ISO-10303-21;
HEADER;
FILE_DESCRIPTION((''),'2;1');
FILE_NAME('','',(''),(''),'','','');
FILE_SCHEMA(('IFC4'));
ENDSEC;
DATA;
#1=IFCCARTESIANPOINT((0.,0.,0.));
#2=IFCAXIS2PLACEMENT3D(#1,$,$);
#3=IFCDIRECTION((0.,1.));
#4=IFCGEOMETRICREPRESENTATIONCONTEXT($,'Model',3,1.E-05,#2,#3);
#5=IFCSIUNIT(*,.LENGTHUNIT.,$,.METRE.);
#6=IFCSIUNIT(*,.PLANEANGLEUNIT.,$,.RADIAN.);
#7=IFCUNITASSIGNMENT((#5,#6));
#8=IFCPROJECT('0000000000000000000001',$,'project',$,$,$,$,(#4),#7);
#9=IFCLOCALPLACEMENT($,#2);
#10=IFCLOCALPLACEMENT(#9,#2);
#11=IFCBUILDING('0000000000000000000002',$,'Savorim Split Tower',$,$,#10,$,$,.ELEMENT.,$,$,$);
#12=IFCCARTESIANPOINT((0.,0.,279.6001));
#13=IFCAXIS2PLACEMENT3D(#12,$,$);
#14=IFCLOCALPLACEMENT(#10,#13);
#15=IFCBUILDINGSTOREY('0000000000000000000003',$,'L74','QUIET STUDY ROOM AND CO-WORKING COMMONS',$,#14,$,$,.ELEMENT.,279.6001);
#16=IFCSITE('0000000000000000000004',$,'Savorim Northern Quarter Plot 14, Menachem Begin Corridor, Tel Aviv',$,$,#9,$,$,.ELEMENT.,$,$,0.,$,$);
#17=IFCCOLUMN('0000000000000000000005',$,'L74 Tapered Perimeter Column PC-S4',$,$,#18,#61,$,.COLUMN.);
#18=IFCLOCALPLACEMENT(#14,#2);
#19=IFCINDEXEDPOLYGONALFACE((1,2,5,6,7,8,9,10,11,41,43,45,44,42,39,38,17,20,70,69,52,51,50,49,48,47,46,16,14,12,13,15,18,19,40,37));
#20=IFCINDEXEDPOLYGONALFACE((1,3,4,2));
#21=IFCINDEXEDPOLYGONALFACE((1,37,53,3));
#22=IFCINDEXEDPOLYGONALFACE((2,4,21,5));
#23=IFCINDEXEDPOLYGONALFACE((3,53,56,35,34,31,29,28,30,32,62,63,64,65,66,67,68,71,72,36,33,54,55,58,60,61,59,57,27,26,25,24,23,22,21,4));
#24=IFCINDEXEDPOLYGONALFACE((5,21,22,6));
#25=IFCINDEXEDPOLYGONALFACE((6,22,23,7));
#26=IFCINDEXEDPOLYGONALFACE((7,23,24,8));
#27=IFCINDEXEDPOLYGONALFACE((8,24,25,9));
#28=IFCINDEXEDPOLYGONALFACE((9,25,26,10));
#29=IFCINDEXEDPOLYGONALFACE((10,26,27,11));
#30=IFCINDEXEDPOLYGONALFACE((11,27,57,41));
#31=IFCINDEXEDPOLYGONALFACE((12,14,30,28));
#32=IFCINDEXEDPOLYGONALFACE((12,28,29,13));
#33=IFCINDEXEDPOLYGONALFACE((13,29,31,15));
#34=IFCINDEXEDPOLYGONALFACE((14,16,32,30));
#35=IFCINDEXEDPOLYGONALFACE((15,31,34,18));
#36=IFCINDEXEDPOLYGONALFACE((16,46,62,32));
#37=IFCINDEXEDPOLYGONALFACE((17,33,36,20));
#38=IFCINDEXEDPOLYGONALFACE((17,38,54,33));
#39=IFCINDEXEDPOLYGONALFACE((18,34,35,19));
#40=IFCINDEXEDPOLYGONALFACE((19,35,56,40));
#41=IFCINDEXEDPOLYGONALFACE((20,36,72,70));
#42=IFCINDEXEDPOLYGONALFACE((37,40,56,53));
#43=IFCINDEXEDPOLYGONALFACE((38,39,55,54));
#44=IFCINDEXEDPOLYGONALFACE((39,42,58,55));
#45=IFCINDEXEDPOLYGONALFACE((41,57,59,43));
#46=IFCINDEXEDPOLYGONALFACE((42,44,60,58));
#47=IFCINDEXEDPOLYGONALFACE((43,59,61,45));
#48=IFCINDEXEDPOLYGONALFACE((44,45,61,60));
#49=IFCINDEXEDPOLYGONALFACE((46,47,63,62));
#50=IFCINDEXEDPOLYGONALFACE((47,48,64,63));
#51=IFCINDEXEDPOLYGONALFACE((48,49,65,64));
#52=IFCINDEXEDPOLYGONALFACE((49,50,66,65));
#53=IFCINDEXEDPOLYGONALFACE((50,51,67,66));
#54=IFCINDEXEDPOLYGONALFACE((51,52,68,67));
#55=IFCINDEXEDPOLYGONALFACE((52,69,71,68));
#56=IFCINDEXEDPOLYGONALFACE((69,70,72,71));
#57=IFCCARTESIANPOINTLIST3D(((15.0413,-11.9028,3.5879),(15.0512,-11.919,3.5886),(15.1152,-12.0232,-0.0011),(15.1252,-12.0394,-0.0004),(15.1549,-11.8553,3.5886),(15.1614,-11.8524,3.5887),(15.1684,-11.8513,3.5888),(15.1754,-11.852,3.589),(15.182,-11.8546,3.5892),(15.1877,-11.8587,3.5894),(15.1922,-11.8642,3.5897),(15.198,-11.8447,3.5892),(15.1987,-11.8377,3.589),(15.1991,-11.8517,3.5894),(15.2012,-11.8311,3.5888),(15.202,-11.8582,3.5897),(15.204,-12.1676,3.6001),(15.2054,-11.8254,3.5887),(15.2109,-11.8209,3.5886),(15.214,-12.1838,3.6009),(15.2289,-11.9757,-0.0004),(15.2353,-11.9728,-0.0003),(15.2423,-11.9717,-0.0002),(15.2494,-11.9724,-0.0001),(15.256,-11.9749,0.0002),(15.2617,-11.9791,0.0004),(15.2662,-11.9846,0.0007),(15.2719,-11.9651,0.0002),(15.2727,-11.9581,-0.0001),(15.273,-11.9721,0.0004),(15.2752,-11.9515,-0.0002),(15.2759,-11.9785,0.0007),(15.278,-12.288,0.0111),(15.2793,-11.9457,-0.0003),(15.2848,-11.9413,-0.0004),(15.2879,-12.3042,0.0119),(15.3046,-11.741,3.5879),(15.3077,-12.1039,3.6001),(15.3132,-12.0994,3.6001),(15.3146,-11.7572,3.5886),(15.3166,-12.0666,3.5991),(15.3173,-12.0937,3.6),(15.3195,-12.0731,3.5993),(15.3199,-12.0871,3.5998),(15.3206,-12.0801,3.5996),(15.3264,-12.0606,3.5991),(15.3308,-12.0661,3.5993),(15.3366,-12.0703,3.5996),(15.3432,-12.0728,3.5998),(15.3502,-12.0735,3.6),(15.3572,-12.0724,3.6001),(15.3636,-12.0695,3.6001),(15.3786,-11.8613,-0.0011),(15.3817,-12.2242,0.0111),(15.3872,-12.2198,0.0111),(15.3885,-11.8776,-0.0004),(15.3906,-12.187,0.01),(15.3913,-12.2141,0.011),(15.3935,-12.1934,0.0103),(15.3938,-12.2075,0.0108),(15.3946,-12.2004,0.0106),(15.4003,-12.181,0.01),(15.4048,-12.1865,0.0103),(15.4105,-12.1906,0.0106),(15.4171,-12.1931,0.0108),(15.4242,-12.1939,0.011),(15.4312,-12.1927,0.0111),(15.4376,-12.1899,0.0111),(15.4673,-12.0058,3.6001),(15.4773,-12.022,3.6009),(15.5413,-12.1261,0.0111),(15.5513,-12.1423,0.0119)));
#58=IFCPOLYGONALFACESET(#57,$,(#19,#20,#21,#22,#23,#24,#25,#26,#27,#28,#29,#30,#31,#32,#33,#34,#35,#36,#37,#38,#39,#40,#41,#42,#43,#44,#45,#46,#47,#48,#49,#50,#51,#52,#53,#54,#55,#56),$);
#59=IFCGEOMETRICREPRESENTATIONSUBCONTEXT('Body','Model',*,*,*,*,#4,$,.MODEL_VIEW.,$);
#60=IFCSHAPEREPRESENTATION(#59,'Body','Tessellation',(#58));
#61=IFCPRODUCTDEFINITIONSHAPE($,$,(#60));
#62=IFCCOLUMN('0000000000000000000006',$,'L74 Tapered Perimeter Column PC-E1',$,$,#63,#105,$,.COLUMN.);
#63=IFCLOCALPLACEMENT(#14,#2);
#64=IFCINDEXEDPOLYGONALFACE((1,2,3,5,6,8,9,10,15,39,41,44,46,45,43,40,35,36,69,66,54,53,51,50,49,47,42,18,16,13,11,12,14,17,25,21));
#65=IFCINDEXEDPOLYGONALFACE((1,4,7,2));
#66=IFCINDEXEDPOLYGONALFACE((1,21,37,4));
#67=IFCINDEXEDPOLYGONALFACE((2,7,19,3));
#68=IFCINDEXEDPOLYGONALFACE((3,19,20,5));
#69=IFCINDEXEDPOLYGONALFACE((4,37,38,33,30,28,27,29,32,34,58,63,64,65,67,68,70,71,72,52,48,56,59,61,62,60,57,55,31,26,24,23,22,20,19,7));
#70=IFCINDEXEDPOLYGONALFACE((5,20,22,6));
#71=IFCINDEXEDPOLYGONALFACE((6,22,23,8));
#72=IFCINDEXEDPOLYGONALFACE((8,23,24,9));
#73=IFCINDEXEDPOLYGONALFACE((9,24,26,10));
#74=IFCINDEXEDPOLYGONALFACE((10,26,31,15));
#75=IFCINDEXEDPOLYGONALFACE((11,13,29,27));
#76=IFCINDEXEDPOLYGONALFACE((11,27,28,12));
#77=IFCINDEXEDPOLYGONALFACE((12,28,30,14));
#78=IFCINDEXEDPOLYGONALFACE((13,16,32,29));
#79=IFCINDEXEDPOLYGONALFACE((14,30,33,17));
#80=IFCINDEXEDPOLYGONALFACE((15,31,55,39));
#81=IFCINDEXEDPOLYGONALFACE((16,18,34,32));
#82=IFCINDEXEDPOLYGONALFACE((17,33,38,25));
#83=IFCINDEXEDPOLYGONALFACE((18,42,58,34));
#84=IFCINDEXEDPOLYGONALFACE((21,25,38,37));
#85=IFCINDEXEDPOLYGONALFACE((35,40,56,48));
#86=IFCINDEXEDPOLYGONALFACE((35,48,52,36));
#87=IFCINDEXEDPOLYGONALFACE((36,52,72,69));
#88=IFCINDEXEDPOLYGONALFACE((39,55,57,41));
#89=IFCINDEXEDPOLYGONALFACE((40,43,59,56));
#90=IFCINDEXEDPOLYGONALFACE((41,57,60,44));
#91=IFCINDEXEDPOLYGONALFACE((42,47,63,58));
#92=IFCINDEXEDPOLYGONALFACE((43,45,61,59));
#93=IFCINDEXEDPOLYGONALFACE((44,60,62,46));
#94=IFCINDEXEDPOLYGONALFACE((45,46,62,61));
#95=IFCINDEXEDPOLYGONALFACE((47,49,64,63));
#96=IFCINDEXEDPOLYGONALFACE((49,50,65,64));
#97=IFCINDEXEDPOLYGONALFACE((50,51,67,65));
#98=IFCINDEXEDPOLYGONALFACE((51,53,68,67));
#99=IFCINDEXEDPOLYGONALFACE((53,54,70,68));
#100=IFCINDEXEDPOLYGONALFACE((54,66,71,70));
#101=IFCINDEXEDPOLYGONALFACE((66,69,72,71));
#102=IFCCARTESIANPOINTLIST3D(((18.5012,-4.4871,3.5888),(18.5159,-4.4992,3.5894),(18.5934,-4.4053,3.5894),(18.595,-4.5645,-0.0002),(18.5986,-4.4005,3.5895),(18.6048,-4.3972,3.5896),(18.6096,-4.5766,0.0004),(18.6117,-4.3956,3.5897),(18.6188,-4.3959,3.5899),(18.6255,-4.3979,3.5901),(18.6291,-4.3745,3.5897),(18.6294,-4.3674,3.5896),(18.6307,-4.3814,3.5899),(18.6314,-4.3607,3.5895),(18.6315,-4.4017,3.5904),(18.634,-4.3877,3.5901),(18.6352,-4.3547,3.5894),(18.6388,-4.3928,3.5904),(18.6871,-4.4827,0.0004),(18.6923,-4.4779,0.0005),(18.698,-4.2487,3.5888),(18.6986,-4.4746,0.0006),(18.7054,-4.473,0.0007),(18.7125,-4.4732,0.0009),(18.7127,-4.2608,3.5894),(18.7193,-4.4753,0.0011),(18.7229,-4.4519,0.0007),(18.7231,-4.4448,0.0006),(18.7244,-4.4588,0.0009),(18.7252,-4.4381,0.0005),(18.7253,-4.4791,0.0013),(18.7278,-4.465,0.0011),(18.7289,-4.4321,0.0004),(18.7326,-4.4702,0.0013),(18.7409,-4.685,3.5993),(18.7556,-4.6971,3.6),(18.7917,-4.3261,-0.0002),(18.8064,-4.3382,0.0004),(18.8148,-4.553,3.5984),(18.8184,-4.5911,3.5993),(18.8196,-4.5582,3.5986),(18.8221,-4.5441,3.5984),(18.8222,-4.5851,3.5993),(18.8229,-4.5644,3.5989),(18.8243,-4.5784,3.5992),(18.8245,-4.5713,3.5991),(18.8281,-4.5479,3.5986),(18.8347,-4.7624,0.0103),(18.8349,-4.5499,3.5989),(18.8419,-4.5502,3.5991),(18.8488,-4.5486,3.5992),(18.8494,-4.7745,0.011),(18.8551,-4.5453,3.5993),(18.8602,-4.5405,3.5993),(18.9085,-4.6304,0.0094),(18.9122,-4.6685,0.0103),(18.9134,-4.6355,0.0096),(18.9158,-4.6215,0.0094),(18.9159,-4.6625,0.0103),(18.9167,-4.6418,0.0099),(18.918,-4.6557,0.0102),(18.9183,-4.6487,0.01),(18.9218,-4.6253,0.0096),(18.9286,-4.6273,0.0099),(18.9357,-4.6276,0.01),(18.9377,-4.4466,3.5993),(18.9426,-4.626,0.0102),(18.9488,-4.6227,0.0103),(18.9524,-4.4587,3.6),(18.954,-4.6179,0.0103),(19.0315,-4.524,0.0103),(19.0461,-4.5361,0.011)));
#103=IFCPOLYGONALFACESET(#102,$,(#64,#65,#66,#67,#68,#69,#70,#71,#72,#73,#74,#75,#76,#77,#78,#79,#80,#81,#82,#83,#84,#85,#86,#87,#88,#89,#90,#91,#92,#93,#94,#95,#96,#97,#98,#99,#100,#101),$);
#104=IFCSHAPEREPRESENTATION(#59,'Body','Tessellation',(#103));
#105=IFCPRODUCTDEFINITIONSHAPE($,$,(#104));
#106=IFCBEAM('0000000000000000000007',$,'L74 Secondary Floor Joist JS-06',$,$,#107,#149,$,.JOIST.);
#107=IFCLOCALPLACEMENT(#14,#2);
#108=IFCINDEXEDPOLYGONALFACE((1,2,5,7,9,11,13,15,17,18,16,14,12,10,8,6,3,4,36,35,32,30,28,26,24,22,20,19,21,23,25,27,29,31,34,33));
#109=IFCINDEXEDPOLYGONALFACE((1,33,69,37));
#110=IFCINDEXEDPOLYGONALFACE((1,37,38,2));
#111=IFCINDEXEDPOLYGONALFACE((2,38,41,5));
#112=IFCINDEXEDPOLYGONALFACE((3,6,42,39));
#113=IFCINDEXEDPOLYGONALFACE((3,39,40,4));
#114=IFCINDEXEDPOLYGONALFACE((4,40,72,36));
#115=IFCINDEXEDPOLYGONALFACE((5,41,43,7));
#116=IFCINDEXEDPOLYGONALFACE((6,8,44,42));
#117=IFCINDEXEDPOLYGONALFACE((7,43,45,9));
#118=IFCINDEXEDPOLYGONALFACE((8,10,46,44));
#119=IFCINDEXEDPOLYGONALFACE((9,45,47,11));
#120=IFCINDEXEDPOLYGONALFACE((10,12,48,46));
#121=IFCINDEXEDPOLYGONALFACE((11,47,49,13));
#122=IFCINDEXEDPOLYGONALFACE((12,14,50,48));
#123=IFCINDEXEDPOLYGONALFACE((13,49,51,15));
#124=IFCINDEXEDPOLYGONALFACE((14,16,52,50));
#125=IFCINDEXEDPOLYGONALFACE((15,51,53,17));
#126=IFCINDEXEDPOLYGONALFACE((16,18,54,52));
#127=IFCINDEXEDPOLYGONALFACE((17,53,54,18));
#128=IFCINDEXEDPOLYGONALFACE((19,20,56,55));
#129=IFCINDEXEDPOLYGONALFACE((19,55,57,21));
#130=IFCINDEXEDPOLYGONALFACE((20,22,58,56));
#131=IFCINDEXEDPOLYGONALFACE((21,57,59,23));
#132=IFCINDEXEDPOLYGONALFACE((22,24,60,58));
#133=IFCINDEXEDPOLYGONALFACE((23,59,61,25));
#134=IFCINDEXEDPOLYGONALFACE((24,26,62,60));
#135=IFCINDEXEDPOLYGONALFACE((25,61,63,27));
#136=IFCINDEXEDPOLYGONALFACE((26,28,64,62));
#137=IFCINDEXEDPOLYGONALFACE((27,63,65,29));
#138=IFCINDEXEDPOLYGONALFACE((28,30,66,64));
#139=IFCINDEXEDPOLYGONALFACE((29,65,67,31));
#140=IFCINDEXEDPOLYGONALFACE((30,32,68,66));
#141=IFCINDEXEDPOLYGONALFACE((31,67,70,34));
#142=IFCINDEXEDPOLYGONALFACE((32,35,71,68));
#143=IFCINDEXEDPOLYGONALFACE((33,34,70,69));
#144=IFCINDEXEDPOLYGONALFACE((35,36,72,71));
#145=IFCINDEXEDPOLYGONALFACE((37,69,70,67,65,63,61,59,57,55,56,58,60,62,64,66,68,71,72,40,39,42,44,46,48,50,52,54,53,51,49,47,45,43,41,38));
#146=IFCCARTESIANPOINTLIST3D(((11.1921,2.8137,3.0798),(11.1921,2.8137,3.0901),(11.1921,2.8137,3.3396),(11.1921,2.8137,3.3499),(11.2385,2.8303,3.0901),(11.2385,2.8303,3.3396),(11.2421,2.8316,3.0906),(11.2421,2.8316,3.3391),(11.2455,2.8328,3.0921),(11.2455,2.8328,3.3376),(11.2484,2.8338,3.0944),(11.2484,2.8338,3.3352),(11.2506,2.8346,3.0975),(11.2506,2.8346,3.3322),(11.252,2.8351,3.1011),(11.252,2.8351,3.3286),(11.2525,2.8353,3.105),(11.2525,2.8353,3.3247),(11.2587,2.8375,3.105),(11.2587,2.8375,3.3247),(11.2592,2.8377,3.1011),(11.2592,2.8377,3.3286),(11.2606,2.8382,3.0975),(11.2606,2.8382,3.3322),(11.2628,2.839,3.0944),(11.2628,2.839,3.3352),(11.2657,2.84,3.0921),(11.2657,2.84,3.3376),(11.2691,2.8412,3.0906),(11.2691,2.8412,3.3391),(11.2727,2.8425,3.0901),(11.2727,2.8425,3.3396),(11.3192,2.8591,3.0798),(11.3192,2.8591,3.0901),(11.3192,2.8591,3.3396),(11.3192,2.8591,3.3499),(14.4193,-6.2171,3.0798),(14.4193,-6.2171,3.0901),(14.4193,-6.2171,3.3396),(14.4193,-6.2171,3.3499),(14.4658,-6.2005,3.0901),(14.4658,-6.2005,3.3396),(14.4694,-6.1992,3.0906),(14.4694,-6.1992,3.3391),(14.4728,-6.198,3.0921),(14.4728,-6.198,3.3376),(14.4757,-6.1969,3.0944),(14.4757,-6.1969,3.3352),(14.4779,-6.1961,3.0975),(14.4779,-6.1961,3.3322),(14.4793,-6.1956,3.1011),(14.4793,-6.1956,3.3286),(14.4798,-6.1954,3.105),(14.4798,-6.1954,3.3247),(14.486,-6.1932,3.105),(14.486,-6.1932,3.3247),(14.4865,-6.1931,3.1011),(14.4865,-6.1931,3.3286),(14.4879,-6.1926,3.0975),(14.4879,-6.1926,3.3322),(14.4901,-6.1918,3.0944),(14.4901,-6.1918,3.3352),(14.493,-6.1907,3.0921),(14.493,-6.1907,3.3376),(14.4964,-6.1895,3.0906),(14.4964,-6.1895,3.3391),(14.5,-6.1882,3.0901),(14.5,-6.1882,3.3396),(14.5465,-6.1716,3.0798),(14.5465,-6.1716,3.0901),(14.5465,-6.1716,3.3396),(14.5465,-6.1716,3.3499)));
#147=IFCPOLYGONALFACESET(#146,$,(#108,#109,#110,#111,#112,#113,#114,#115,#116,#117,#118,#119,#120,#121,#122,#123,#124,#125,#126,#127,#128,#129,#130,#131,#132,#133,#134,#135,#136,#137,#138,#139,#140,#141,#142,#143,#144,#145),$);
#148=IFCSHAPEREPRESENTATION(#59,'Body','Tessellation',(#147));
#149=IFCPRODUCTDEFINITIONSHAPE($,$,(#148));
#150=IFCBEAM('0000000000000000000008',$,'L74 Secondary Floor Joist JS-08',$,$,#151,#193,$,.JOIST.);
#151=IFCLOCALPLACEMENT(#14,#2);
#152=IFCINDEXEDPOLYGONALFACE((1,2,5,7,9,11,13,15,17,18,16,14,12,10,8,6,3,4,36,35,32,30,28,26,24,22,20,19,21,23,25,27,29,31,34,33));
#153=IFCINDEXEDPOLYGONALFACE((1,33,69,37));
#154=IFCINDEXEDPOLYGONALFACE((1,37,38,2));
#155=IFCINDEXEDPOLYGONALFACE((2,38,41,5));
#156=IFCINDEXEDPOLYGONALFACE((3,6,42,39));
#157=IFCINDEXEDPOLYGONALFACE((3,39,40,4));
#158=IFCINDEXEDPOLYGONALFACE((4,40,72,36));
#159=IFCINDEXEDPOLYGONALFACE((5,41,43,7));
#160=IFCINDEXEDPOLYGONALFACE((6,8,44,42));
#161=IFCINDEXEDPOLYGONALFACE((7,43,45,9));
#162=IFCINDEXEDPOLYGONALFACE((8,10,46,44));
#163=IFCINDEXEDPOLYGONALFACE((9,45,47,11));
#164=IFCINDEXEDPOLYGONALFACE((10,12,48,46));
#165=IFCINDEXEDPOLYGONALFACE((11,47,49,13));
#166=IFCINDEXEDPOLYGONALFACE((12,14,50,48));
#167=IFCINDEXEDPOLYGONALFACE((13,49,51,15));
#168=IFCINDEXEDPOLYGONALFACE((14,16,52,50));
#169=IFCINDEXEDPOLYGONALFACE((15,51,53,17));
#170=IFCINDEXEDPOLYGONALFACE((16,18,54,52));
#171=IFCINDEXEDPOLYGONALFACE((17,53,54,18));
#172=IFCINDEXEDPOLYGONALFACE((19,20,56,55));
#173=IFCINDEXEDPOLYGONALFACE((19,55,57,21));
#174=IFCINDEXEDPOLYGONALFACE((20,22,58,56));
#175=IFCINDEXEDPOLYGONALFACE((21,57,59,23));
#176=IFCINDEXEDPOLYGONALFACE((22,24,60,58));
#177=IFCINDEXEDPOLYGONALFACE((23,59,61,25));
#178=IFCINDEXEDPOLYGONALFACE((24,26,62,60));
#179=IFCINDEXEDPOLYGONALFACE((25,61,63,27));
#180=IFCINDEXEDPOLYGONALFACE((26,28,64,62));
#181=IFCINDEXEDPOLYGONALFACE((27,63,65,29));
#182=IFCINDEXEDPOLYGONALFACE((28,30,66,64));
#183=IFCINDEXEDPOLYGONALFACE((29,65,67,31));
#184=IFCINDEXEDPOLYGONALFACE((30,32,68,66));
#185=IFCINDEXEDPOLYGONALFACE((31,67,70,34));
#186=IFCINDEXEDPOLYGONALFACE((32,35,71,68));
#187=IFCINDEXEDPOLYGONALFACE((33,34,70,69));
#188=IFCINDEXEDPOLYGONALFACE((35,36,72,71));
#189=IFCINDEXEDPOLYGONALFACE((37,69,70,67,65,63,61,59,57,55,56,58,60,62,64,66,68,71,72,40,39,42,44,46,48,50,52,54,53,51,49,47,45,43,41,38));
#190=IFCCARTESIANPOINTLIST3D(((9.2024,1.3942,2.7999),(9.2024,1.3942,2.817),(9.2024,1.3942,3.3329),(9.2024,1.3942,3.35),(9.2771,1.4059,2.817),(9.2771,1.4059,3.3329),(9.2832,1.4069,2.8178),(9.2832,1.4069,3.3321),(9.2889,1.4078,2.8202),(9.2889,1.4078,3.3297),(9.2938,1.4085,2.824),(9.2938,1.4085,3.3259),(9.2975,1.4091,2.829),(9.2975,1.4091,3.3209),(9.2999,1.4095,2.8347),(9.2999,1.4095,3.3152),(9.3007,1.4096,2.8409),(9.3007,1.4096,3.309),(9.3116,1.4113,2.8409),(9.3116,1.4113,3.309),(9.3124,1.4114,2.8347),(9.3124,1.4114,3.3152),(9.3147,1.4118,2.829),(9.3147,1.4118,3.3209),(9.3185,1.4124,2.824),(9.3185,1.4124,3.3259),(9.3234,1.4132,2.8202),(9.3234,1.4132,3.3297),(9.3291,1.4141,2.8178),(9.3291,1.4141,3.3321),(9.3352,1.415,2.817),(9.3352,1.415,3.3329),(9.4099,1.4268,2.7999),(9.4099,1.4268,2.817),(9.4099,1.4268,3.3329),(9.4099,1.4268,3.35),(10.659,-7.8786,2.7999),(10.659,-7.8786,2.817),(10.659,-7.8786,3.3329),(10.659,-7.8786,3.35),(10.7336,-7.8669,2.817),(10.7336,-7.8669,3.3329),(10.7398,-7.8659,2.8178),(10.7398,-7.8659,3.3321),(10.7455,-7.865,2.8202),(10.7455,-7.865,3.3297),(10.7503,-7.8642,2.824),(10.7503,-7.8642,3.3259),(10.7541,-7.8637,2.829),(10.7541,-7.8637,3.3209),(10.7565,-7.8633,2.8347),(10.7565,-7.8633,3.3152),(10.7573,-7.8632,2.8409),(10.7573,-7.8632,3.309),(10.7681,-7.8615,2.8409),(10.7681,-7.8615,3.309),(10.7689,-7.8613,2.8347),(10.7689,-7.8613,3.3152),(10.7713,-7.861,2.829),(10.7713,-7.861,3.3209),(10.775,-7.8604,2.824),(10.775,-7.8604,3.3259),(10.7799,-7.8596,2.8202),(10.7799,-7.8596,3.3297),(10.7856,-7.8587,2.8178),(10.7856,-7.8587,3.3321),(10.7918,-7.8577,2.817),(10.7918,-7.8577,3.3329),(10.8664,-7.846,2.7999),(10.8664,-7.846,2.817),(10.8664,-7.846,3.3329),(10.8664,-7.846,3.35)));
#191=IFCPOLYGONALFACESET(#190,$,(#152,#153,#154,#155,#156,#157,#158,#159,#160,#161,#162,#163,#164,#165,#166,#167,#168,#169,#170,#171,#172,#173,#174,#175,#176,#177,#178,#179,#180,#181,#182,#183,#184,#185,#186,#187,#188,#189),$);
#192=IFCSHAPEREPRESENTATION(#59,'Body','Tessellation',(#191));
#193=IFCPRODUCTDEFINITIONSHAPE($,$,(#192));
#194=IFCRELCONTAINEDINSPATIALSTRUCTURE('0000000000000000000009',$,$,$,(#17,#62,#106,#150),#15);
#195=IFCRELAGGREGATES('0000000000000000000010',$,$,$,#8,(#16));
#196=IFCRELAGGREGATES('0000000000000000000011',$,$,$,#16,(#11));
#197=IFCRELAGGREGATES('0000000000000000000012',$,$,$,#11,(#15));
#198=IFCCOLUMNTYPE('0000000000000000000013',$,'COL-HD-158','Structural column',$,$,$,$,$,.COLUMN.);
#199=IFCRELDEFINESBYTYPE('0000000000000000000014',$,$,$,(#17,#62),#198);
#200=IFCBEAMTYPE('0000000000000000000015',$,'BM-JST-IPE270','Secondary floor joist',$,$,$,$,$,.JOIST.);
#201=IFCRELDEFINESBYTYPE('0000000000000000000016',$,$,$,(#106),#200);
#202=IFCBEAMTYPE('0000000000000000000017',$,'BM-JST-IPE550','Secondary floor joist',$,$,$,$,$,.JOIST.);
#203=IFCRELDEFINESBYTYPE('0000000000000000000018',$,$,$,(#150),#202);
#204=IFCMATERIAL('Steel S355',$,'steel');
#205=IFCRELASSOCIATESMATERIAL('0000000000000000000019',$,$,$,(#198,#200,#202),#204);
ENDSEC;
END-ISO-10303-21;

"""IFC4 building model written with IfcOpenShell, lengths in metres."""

from ifc_helpers import new_model, si_unit, direction, frame, origin, origin_2d, place, context, subcontext, project, spatial, i_section, extrude, material, material_profile, profile_set, type_object, element, save


model = new_model("IFC4")

# Units and contexts
model_context = context("Model", 3, precision=1e-05, world=origin(), true_north=direction((0.0, 1.0)))
body_context = subcontext(model_context, "Body", "Model", "MODEL_VIEW")
ifc_project = project(units=[si_unit("LENGTHUNIT", "METRE"), si_unit("PLANEANGLEUNIT", "RADIAN")], contexts=[model_context])

# Site, building, storey
site_placement = place(None, origin())
site = spatial("IfcSite", under=ifc_project, at=site_placement, Name="Savorim Northern Quarter Plot 14, Menachem Begin Corridor, Tel Aviv", CompositionType="ELEMENT", RefElevation=0.0)
building_placement = place(site_placement, origin())
building = spatial("IfcBuilding", under=site, at=building_placement, Name="Savorim Split Tower", CompositionType="ELEMENT")
storey_placement = place(building_placement, frame((0.0, 0.0, 279.6001)))
storey = spatial("IfcBuildingStorey", under=building, at=storey_placement, Name="L74", Description="QUIET STUDY ROOM AND CO-WORKING COMMONS", CompositionType="ELEMENT", Elevation=279.6001)

# Columns
ifc_material_1 = material(Name="Steel S355", Category="steel")
ifc_material_profile_1 = material_profile(ifc_material_1, i_section(OverallWidth=0.3091, OverallDepth=0.3301, WebThickness=0.0115, FlangeThickness=0.019, FilletRadius=0.0271, at=origin_2d()), Name="HD 320x158")
ifc_profile_set_1 = profile_set([ifc_material_profile_1], Name="Steel S355")
column_type = type_object("IfcColumnType", Name="COL-HD-158", Description="Structural column", PredefinedType="COLUMN", material=ifc_profile_set_1)
column_1_placement = place(storey_placement, frame((15.3333, -12.0828, 0.0054), z_axis=(-0.020595, 0.033509, 0.999226), x_axis=(-0.851955, -0.523615, 0.0)))
element("IfcColumn", 1, at=column_1_placement, inside=storey, type_object=column_type, Name="L74 Tapered Perimeter Column PC-S4", PredefinedType="COLUMN", context=body_context, shape_type="SweptSolid", body=[
    extrude(i_section(OverallWidth=0.3091, OverallDepth=0.3301, WebThickness=0.0115, FlangeThickness=0.019, FilletRadius=0.0271, at=origin_2d()), origin(), (0.0, 0.0, 1.0), 3.5918),
])
column_2_placement = place(storey_placement, frame((18.8206, -4.5503, 0.0054), z_axis=(-0.026106, 0.021551, 0.999427), x_axis=(-0.636622, -0.771176, 0.0)))
element("IfcColumn", 2, at=column_2_placement, inside=storey, type_object=column_type, Name="L74 Tapered Perimeter Column PC-E1", PredefinedType="COLUMN", context=body_context, shape_type="SweptSolid", body=[
    extrude(i_section(OverallWidth=0.3091, OverallDepth=0.3301, WebThickness=0.0115, FlangeThickness=0.019, FilletRadius=0.0271, at=origin_2d()), origin(), (0.0, 0.0, 1.0), 3.5911),
])

# Beams
ifc_material_profile_2 = material_profile(ifc_material_1, i_section(OverallWidth=0.135, OverallDepth=0.27, WebThickness=0.0066, FlangeThickness=0.0103, FilletRadius=0.0149, at=origin_2d()), Name="IPE 270")
ifc_profile_set_2 = profile_set([ifc_material_profile_2], Name="Steel S355")
beam_type_1 = type_object("IfcBeamType", Name="BM-JST-IPE270", Description="Secondary floor joist", PredefinedType="JOIST", material=ifc_profile_set_2)
beam_1_placement = place(storey_placement, frame((14.4829, -6.1943, 3.2148), z_axis=(-0.336523, 0.941675, 0.0), x_axis=(-0.941675, -0.336523, 0.0)))
element("IfcBeam", 3, at=beam_1_placement, inside=storey, type_object=beam_type_1, Name="L74 Secondary Floor Joist JS-06", PredefinedType="JOIST", context=body_context, shape_type="SweptSolid", body=[
    extrude(i_section(OverallWidth=0.135, OverallDepth=0.27, WebThickness=0.0066, FlangeThickness=0.0103, FilletRadius=0.0149, at=origin_2d()), origin(), (0.0, 0.0, 1.0), 9.5901),
])
ifc_material_profile_3 = material_profile(ifc_material_1, i_section(OverallWidth=0.21, OverallDepth=0.55, WebThickness=0.011, FlangeThickness=0.0171, FilletRadius=0.0239, at=origin_2d()), Name="IPE 550")
ifc_profile_set_3 = profile_set([ifc_material_profile_3], Name="Steel S355")
beam_type_2 = type_object("IfcBeamType", Name="BM-JST-IPE550", Description="Secondary floor joist", PredefinedType="JOIST", material=ifc_profile_set_3)
beam_2_placement = place(storey_placement, frame((10.7627, -7.8623, 3.075), z_axis=(-0.155176, 0.987887, 0.0), x_axis=(-0.987887, -0.155176, 0.0)))
element("IfcBeam", 4, at=beam_2_placement, inside=storey, type_object=beam_type_2, Name="L74 Secondary Floor Joist JS-08", PredefinedType="JOIST", context=body_context, shape_type="SweptSolid", body=[
    extrude(i_section(OverallWidth=0.21, OverallDepth=0.55, WebThickness=0.011, FlangeThickness=0.0171, FilletRadius=0.0239, at=origin_2d()), origin(), (0.0, 0.0, 1.0), 9.3865),
])

save(model, "model.ifc")
